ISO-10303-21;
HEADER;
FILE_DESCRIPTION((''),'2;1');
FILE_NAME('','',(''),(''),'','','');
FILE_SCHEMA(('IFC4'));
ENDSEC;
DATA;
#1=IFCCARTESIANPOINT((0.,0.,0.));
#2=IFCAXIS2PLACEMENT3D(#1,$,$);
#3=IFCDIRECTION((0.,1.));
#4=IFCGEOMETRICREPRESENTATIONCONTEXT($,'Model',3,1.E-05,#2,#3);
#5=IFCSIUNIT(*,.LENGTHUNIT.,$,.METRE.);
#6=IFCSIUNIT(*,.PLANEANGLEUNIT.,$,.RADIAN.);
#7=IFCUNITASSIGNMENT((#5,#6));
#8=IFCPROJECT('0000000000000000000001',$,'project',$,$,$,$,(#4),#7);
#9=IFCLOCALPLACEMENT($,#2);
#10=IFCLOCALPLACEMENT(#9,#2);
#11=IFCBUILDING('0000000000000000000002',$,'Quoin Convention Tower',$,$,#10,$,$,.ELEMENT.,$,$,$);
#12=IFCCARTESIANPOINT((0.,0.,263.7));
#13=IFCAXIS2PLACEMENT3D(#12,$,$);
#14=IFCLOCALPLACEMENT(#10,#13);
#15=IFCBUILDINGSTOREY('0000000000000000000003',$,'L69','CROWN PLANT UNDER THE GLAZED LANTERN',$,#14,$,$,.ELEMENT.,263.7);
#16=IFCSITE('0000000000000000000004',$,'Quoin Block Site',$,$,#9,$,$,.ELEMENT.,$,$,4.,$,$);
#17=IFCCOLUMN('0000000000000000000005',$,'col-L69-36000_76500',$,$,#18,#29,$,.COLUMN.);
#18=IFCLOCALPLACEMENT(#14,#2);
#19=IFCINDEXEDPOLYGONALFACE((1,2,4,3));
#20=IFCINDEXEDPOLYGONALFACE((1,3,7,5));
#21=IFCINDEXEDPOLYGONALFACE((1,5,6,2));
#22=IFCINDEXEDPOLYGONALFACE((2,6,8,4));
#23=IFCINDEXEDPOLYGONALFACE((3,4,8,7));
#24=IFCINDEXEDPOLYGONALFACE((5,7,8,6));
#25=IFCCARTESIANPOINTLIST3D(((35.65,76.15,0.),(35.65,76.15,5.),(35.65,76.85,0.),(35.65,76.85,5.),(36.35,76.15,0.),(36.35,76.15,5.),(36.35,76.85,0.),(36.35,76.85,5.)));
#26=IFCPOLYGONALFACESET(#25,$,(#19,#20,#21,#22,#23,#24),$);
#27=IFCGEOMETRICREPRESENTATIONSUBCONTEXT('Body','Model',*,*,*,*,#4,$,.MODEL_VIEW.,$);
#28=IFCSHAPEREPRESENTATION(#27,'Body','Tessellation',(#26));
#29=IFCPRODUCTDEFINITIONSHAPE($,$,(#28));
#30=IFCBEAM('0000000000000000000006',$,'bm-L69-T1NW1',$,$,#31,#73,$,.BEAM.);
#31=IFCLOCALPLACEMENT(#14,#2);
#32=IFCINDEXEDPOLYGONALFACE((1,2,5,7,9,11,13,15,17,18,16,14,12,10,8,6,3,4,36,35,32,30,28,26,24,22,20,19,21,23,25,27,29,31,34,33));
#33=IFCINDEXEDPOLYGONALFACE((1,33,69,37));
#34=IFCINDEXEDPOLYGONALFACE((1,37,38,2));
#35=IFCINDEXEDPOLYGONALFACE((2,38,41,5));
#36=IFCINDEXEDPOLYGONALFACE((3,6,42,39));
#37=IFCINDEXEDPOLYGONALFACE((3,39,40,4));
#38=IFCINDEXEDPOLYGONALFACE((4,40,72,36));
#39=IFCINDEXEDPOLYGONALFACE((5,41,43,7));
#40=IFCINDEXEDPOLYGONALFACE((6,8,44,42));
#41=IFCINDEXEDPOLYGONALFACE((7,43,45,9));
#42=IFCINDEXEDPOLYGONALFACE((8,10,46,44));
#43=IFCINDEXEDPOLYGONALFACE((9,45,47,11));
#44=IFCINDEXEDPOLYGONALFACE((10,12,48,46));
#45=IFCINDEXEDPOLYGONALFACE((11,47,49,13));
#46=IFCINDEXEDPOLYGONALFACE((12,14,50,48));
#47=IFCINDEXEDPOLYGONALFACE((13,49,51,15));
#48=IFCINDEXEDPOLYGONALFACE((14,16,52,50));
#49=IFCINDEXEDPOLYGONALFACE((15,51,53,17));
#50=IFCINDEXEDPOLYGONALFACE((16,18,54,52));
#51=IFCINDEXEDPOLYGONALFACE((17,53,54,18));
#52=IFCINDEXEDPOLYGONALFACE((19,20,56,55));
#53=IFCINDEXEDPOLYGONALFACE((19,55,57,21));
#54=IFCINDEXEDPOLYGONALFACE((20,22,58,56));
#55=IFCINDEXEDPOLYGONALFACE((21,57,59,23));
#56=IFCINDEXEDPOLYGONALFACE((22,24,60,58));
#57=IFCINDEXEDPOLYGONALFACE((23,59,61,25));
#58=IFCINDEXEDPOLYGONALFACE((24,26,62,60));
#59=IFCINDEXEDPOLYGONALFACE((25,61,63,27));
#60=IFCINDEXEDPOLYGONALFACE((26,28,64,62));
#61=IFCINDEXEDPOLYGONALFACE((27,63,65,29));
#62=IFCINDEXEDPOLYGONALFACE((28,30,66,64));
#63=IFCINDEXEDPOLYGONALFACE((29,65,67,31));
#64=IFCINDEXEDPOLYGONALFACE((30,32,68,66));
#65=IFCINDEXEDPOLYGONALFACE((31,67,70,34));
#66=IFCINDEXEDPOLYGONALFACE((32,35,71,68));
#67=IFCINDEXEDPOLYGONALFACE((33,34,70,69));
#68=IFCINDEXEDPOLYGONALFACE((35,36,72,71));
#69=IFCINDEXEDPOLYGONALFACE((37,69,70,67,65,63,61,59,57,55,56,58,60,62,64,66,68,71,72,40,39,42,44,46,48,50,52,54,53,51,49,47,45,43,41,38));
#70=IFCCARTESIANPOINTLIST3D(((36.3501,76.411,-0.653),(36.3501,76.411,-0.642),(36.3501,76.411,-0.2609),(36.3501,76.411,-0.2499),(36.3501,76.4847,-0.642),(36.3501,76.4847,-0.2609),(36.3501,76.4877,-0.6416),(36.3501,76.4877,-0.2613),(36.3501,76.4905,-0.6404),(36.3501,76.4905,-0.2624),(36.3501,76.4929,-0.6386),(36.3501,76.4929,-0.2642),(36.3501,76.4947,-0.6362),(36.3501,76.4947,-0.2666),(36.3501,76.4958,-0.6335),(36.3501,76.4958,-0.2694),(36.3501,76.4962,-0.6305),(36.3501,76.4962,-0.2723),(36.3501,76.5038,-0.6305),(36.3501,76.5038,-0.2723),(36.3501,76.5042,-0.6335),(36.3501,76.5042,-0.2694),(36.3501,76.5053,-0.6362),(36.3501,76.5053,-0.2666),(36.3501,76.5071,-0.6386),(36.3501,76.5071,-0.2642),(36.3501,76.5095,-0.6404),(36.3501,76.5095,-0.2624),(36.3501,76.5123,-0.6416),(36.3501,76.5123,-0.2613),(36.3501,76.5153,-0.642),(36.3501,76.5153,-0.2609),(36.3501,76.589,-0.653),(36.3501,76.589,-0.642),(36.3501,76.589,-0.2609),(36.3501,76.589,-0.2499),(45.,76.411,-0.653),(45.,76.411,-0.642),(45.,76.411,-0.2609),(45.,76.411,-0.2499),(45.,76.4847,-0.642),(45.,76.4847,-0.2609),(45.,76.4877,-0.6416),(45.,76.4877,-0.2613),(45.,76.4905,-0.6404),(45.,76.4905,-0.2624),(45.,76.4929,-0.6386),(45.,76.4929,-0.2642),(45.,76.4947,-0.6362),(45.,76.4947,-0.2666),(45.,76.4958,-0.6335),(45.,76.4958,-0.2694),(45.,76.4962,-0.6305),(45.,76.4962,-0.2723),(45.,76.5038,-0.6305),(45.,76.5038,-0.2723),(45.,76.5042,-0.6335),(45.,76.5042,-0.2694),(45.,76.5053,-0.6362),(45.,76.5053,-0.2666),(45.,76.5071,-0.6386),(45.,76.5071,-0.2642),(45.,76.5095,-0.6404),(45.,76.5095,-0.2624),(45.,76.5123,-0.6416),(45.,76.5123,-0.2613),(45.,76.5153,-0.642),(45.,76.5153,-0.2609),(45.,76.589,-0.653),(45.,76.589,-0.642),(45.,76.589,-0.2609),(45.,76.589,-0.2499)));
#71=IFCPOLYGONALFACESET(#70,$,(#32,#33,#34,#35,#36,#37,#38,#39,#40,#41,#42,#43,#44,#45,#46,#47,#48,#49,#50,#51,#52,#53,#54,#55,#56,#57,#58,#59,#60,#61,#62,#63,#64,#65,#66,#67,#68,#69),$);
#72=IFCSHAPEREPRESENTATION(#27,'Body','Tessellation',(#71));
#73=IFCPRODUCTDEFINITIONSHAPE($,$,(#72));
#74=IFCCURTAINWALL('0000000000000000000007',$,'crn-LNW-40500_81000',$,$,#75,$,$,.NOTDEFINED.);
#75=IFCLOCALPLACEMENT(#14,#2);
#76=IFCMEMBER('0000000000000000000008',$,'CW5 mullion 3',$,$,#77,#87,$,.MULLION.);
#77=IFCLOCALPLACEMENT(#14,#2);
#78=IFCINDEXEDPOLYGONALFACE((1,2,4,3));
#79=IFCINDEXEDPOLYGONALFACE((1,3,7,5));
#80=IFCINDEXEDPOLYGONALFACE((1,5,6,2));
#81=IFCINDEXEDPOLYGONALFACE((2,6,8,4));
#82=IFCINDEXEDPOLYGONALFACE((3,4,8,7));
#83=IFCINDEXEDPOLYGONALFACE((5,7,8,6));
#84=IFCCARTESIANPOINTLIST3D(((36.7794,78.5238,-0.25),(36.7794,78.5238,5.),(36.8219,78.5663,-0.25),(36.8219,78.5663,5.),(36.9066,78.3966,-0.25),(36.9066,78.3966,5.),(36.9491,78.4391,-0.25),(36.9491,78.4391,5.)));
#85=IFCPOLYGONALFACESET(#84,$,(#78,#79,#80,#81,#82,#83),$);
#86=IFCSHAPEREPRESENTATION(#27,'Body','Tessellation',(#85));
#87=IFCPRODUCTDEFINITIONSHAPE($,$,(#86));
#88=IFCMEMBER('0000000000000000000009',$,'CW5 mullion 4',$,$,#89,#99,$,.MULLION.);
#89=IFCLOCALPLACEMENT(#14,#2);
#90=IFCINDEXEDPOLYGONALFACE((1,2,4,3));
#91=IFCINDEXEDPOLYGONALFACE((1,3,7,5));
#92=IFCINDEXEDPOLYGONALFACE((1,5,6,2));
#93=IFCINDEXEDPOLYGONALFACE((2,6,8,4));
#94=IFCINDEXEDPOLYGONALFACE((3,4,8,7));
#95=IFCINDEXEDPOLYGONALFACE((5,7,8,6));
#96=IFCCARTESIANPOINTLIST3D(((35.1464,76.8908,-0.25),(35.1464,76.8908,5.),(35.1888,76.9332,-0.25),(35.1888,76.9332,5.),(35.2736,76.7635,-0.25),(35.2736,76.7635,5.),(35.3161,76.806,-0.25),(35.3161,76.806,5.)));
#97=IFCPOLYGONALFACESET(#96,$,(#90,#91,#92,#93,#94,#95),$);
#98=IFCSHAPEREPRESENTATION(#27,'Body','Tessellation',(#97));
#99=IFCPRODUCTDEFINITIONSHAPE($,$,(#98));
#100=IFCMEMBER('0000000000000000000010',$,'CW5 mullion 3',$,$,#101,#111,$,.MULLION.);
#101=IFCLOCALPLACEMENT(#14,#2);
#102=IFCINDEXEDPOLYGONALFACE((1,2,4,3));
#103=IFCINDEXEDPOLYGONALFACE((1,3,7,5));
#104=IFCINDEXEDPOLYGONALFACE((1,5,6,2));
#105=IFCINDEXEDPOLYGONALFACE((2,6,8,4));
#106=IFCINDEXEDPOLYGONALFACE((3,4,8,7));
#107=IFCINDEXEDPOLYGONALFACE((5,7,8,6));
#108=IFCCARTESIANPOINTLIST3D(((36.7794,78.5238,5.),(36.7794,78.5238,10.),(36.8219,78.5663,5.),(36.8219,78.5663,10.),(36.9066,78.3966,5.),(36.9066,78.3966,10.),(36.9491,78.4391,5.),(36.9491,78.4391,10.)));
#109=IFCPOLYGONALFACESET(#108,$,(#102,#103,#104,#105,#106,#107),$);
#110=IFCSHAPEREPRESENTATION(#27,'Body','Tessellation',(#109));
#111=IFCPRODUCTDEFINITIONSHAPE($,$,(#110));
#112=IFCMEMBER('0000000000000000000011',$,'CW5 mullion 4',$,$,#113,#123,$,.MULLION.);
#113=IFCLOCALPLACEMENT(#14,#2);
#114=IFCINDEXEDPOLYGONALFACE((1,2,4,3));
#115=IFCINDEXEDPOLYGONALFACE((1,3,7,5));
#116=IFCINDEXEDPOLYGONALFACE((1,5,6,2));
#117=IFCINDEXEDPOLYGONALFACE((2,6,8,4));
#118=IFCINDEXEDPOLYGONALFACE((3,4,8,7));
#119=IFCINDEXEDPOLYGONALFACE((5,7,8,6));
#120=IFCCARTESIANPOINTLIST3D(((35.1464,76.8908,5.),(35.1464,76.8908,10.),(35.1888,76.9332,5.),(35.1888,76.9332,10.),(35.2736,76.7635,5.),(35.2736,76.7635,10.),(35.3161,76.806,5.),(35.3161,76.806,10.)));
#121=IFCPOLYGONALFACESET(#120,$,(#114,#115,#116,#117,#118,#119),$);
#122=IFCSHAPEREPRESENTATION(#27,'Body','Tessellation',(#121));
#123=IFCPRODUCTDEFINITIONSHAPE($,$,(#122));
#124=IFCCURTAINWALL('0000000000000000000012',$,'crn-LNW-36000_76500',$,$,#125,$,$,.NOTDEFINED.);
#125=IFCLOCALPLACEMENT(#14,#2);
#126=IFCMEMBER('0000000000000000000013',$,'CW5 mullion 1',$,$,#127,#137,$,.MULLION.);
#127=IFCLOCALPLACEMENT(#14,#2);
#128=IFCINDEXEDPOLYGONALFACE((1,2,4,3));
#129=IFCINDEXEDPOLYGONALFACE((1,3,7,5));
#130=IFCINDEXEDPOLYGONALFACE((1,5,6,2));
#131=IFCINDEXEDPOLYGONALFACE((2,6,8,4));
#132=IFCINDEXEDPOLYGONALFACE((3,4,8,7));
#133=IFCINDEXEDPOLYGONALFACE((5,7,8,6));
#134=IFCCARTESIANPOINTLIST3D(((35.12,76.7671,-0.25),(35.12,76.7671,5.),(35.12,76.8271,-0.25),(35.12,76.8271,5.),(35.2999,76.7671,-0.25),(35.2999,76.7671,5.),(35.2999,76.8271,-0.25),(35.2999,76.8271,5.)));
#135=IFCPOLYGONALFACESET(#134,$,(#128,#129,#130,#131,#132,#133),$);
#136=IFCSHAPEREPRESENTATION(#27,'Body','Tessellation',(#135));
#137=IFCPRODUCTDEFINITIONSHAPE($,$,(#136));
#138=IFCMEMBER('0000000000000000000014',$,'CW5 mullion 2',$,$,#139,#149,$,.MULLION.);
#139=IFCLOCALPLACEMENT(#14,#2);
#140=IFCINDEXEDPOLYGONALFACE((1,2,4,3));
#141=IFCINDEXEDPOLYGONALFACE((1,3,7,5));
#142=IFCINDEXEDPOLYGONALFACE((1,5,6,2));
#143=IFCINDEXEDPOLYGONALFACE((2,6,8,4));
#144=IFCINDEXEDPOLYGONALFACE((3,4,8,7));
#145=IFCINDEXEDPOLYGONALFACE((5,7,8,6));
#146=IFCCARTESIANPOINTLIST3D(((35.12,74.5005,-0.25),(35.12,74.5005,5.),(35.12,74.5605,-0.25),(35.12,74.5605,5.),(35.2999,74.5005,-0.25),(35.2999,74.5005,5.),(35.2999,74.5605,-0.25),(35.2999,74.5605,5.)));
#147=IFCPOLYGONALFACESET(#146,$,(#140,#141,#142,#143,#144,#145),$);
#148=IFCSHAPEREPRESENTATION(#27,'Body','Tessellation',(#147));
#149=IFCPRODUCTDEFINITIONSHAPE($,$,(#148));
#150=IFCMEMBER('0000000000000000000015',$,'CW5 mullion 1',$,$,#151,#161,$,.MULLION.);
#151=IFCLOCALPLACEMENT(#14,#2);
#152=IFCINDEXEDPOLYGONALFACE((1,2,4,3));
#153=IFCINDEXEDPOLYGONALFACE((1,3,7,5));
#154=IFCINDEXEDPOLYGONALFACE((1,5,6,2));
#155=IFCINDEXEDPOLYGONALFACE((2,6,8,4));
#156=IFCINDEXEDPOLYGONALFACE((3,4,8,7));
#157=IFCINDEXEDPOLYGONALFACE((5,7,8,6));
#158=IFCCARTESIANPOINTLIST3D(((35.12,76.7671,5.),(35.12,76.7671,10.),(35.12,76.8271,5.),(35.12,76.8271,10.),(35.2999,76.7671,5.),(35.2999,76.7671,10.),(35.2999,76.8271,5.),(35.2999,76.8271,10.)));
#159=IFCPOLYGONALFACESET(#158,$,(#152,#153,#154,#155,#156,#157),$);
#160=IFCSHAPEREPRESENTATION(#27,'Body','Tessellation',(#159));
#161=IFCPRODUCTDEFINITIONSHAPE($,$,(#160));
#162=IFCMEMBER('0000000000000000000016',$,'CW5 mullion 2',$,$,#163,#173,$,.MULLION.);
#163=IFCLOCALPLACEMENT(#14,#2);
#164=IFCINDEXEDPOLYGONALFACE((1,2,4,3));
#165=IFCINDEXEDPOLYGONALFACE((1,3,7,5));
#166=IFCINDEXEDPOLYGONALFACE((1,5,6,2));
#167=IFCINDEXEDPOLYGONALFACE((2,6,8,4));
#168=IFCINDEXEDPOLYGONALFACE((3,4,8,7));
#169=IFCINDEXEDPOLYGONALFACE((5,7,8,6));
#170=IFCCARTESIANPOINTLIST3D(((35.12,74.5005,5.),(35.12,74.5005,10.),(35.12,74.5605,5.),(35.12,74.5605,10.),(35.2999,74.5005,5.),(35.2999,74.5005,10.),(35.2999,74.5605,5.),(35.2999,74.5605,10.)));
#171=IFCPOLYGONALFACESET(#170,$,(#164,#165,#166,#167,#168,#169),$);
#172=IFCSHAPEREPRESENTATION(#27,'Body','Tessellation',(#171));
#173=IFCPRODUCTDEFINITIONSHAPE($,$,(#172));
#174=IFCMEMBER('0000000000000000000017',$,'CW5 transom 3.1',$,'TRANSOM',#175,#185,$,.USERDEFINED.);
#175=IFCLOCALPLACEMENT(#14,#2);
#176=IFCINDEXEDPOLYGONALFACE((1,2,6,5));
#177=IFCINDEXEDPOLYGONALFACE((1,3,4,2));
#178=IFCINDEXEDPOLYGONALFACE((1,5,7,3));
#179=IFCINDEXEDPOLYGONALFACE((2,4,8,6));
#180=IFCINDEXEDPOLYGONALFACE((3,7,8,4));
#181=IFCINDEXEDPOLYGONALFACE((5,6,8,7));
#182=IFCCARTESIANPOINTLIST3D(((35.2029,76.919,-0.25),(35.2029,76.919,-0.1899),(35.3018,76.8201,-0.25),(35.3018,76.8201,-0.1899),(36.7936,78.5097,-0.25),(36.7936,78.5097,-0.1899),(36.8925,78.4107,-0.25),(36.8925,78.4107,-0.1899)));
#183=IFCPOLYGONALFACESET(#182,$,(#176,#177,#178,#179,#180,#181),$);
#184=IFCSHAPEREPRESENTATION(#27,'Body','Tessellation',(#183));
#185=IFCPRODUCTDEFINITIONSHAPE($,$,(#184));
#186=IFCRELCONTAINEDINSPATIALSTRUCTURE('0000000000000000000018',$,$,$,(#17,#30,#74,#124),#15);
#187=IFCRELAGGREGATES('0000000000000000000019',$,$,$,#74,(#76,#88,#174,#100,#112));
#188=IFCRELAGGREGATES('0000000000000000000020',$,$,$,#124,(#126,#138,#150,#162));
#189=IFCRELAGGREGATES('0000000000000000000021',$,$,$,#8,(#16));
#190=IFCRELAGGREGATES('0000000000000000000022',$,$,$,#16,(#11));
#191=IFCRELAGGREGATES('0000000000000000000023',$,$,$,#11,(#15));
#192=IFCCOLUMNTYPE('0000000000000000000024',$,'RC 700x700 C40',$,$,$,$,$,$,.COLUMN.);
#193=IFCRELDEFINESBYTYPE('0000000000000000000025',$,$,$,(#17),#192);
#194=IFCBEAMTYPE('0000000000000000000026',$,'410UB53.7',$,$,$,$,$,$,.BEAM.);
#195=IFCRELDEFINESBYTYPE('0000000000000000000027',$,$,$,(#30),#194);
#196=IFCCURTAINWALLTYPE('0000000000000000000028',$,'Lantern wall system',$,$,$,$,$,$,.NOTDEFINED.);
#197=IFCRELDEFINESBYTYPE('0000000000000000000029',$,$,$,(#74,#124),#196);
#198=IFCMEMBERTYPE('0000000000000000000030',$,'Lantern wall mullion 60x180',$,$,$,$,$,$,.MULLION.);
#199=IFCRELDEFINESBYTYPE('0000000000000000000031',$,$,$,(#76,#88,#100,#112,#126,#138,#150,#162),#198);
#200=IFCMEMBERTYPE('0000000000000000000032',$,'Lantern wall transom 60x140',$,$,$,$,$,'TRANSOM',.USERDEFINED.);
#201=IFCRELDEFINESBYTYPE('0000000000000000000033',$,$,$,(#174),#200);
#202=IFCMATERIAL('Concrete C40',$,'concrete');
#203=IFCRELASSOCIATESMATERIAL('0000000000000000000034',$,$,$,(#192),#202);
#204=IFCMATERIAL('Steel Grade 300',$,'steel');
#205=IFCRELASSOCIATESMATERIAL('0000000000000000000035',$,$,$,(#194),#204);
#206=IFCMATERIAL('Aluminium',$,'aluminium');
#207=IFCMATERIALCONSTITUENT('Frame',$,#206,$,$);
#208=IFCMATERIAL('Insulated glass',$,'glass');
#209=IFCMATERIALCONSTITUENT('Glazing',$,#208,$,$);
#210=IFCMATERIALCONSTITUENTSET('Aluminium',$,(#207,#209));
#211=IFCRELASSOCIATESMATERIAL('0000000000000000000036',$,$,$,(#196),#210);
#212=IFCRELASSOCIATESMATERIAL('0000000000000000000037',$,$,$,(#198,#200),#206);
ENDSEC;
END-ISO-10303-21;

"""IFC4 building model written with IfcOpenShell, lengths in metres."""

from ifc_helpers import new_model, si_unit, direction, frame, origin, origin_2d, place, context, subcontext, project, spatial, rectangle, i_section, extrude, material, constituent, constituent_set, material_profile, profile_set, type_object, element, aggregate, save


model = new_model("IFC4")

# Units and contexts
model_context = context("Model", 3, precision=1e-05, world=origin(), true_north=direction((0.0, 1.0)))
body_context = subcontext(model_context, "Body", "Model", "MODEL_VIEW")
ifc_project = project(units=[si_unit("LENGTHUNIT", "METRE"), si_unit("PLANEANGLEUNIT", "RADIAN")], contexts=[model_context])

# Site, building, storey
site_placement = place(None, origin())
site = spatial("IfcSite", under=ifc_project, at=site_placement, Name="Quoin Block Site", CompositionType="ELEMENT", RefElevation=4.0)
building_placement = place(site_placement, origin())
building = spatial("IfcBuilding", under=site, at=building_placement, Name="Quoin Convention Tower", CompositionType="ELEMENT")
storey_placement = place(building_placement, frame((0.0, 0.0, 263.7)))
storey = spatial("IfcBuildingStorey", under=building, at=storey_placement, Name="L69", Description="CROWN PLANT UNDER THE GLAZED LANTERN", CompositionType="ELEMENT", Elevation=263.7)

# Column
ifc_material_1 = material(Name="Concrete C40", Category="concrete")
ifc_material_profile_1 = material_profile(ifc_material_1, rectangle(XDim=0.7, YDim=0.7, at=origin_2d()), Name="RC 700x700")
ifc_profile_set_1 = profile_set([ifc_material_profile_1], Name="Concrete C40")
column_type = type_object("IfcColumnType", Name="RC 700x700 C40", PredefinedType="COLUMN", material=ifc_profile_set_1)
column_placement = place(storey_placement, frame((36.0, 76.5, 0.0), z_axis=(0.0, 0.0, 1.0), x_axis=(1.0, 0.0, 0.0)))
element("IfcColumn", 1, at=column_placement, inside=storey, type_object=column_type, Name="col-L69-36000_76500", PredefinedType="COLUMN", context=body_context, shape_type="SweptSolid", body=[
    extrude(rectangle(XDim=0.7, YDim=0.7, at=origin_2d()), origin(), (0.0, 0.0, 1.0), 5.0),
])

# Beam
ifc_material_2 = material(Name="Steel Grade 300", Category="steel")
ifc_material_profile_2 = material_profile(ifc_material_2, i_section(OverallWidth=0.178, OverallDepth=0.4031, WebThickness=0.0076, FlangeThickness=0.011, FilletRadius=0.0115, at=origin_2d()), Name="410UB53.7")
ifc_profile_set_2 = profile_set([ifc_material_profile_2], Name="Steel Grade 300")
beam_type_1 = type_object("IfcBeamType", Name="410UB53.7", PredefinedType="BEAM", material=ifc_profile_set_2)
beam_1_placement = place(storey_placement, frame((36.3501, 76.5, -0.4514), z_axis=(1.0, 0.0, 0.0), x_axis=(0.0, 1.0, 0.0)))
element("IfcBeam", 2, at=beam_1_placement, inside=storey, type_object=beam_type_1, Name="bm-L69-T1NW1", PredefinedType="BEAM", context=body_context, shape_type="SweptSolid", body=[
    extrude(i_section(OverallWidth=0.178, OverallDepth=0.4031, WebThickness=0.0076, FlangeThickness=0.011, FilletRadius=0.0115, at=origin_2d()), origin(), (0.0, 0.0, 1.0), 8.6499),
])

# Curtain walls, members
ifc_material_3 = material(Name="Aluminium", Category="aluminium")
ifc_constituent_1 = constituent(ifc_material_3, Name="Frame")
ifc_material_4 = material(Name="Insulated glass", Category="glass")
ifc_constituent_2 = constituent(ifc_material_4, Name="Glazing")
ifc_constituent_set = constituent_set(constituents=[ifc_constituent_1, ifc_constituent_2], Name="Aluminium")
curtain_wall_type = type_object("IfcCurtainWallType", Name="Lantern wall system", PredefinedType="NOTDEFINED", material=ifc_constituent_set)
curtain_wall_1_placement = place(storey_placement, origin())
curtain_wall_1 = element("IfcCurtainWall", 3, at=curtain_wall_1_placement, inside=storey, type_object=curtain_wall_type, Name="crn-LNW-40500_81000", PredefinedType="NOTDEFINED")
ifc_material_profile_3 = material_profile(ifc_material_3, rectangle(XDim=0.1799, YDim=0.0601, at=origin_2d()), Name="Lantern wall mullion 60x180")
ifc_profile_set_3 = profile_set([ifc_material_profile_3], Name="Aluminium")
member_type_1 = type_object("IfcMemberType", Name="Lantern wall mullion 60x180", PredefinedType="MULLION", material=ifc_profile_set_3)
member_1_placement = place(storey_placement, frame((36.8643, 78.4814, -0.25), z_axis=(0.0, 0.0, 1.0), x_axis=(0.707107, -0.707107, 0.0)))
member_1 = element("IfcMember", 4, at=member_1_placement, type_object=member_type_1, Name="CW5 mullion 3", PredefinedType="MULLION", context=body_context, shape_type="SweptSolid", body=[
    extrude(rectangle(XDim=0.1799, YDim=0.0601, at=origin_2d()), origin(), (0.0, 0.0, 1.0), 5.25),
])
member_2_placement = place(storey_placement, frame((35.2312, 76.8484, -0.25), z_axis=(0.0, 0.0, 1.0), x_axis=(0.707107, -0.707107, 0.0)))
member_2 = element("IfcMember", 5, at=member_2_placement, type_object=member_type_1, Name="CW5 mullion 4", PredefinedType="MULLION", context=body_context, shape_type="SweptSolid", body=[
    extrude(rectangle(XDim=0.1799, YDim=0.0601, at=origin_2d()), origin(), (0.0, 0.0, 1.0), 5.25),
])
member_3_placement = place(storey_placement, frame((36.8643, 78.4814, 5.0), z_axis=(0.0, 0.0, 1.0), x_axis=(0.707107, -0.707107, 0.0)))
member_3 = element("IfcMember", 6, at=member_3_placement, type_object=member_type_1, Name="CW5 mullion 3", PredefinedType="MULLION", context=body_context, shape_type="SweptSolid", body=[
    extrude(rectangle(XDim=0.1799, YDim=0.0601, at=origin_2d()), origin(), (0.0, 0.0, 1.0), 5.0),
])
member_4_placement = place(storey_placement, frame((35.2312, 76.8484, 5.0), z_axis=(0.0, 0.0, 1.0), x_axis=(0.707107, -0.707107, 0.0)))
member_4 = element("IfcMember", 7, at=member_4_placement, type_object=member_type_1, Name="CW5 mullion 4", PredefinedType="MULLION", context=body_context, shape_type="SweptSolid", body=[
    extrude(rectangle(XDim=0.1799, YDim=0.0601, at=origin_2d()), origin(), (0.0, 0.0, 1.0), 5.0),
])
curtain_wall_2_placement = place(storey_placement, origin())
curtain_wall_2 = element("IfcCurtainWall", 8, at=curtain_wall_2_placement, inside=storey, type_object=curtain_wall_type, Name="crn-LNW-36000_76500", PredefinedType="NOTDEFINED")
member_5_placement = place(storey_placement, frame((35.21, 76.7971, -0.25), z_axis=(0.0, 0.0, 1.0), x_axis=(1.0, 0.0, 0.0)))
member_5 = element("IfcMember", 9, at=member_5_placement, type_object=member_type_1, Name="CW5 mullion 1", PredefinedType="MULLION", context=body_context, shape_type="SweptSolid", body=[
    extrude(rectangle(XDim=0.1799, YDim=0.0601, at=origin_2d()), origin(), (0.0, 0.0, 1.0), 5.25),
])
member_6_placement = place(storey_placement, frame((35.21, 74.5305, -0.25), z_axis=(0.0, 0.0, 1.0), x_axis=(1.0, 0.0, 0.0)))
member_6 = element("IfcMember", 10, at=member_6_placement, type_object=member_type_1, Name="CW5 mullion 2", PredefinedType="MULLION", context=body_context, shape_type="SweptSolid", body=[
    extrude(rectangle(XDim=0.1799, YDim=0.0601, at=origin_2d()), origin(), (0.0, 0.0, 1.0), 5.25),
])
member_7_placement = place(storey_placement, frame((35.21, 76.7971, 5.0), z_axis=(0.0, 0.0, 1.0), x_axis=(1.0, 0.0, 0.0)))
member_7 = element("IfcMember", 11, at=member_7_placement, type_object=member_type_1, Name="CW5 mullion 1", PredefinedType="MULLION", context=body_context, shape_type="SweptSolid", body=[
    extrude(rectangle(XDim=0.1799, YDim=0.0601, at=origin_2d()), origin(), (0.0, 0.0, 1.0), 5.0),
])
member_8_placement = place(storey_placement, frame((35.21, 74.5305, 5.0), z_axis=(0.0, 0.0, 1.0), x_axis=(1.0, 0.0, 0.0)))
member_8 = element("IfcMember", 12, at=member_8_placement, type_object=member_type_1, Name="CW5 mullion 2", PredefinedType="MULLION", context=body_context, shape_type="SweptSolid", body=[
    extrude(rectangle(XDim=0.1799, YDim=0.0601, at=origin_2d()), origin(), (0.0, 0.0, 1.0), 5.0),
])

# Member
ifc_material_profile_4 = material_profile(ifc_material_3, rectangle(XDim=0.1399, YDim=0.0601, at=origin_2d()), Name="Lantern wall transom 60x140")
ifc_profile_set_4 = profile_set([ifc_material_profile_4], Name="Aluminium")
member_type_2 = type_object("IfcMemberType", Name="Lantern wall transom 60x140", ElementType="TRANSOM", PredefinedType="USERDEFINED", material=ifc_profile_set_4)
member_9_placement = place(storey_placement, frame((36.843, 78.4602, -0.22), z_axis=(-0.707107, -0.707107, 0.0), x_axis=(0.707107, -0.707107, 0.0)))
member_9 = element("IfcMember", 13, at=member_9_placement, type_object=member_type_2, Name="CW5 transom 3.1", ObjectType="TRANSOM", PredefinedType="USERDEFINED", context=body_context, shape_type="SweptSolid", body=[
    extrude(rectangle(XDim=0.1399, YDim=0.0601, at=origin_2d()), origin(), (0.0, 0.0, 1.0), 2.2495),
])

aggregate(curtain_wall_1, [member_1, member_2, member_9, member_3, member_4])
aggregate(curtain_wall_2, [member_5, member_6, member_7, member_8])

save(model, "model.ifc")
